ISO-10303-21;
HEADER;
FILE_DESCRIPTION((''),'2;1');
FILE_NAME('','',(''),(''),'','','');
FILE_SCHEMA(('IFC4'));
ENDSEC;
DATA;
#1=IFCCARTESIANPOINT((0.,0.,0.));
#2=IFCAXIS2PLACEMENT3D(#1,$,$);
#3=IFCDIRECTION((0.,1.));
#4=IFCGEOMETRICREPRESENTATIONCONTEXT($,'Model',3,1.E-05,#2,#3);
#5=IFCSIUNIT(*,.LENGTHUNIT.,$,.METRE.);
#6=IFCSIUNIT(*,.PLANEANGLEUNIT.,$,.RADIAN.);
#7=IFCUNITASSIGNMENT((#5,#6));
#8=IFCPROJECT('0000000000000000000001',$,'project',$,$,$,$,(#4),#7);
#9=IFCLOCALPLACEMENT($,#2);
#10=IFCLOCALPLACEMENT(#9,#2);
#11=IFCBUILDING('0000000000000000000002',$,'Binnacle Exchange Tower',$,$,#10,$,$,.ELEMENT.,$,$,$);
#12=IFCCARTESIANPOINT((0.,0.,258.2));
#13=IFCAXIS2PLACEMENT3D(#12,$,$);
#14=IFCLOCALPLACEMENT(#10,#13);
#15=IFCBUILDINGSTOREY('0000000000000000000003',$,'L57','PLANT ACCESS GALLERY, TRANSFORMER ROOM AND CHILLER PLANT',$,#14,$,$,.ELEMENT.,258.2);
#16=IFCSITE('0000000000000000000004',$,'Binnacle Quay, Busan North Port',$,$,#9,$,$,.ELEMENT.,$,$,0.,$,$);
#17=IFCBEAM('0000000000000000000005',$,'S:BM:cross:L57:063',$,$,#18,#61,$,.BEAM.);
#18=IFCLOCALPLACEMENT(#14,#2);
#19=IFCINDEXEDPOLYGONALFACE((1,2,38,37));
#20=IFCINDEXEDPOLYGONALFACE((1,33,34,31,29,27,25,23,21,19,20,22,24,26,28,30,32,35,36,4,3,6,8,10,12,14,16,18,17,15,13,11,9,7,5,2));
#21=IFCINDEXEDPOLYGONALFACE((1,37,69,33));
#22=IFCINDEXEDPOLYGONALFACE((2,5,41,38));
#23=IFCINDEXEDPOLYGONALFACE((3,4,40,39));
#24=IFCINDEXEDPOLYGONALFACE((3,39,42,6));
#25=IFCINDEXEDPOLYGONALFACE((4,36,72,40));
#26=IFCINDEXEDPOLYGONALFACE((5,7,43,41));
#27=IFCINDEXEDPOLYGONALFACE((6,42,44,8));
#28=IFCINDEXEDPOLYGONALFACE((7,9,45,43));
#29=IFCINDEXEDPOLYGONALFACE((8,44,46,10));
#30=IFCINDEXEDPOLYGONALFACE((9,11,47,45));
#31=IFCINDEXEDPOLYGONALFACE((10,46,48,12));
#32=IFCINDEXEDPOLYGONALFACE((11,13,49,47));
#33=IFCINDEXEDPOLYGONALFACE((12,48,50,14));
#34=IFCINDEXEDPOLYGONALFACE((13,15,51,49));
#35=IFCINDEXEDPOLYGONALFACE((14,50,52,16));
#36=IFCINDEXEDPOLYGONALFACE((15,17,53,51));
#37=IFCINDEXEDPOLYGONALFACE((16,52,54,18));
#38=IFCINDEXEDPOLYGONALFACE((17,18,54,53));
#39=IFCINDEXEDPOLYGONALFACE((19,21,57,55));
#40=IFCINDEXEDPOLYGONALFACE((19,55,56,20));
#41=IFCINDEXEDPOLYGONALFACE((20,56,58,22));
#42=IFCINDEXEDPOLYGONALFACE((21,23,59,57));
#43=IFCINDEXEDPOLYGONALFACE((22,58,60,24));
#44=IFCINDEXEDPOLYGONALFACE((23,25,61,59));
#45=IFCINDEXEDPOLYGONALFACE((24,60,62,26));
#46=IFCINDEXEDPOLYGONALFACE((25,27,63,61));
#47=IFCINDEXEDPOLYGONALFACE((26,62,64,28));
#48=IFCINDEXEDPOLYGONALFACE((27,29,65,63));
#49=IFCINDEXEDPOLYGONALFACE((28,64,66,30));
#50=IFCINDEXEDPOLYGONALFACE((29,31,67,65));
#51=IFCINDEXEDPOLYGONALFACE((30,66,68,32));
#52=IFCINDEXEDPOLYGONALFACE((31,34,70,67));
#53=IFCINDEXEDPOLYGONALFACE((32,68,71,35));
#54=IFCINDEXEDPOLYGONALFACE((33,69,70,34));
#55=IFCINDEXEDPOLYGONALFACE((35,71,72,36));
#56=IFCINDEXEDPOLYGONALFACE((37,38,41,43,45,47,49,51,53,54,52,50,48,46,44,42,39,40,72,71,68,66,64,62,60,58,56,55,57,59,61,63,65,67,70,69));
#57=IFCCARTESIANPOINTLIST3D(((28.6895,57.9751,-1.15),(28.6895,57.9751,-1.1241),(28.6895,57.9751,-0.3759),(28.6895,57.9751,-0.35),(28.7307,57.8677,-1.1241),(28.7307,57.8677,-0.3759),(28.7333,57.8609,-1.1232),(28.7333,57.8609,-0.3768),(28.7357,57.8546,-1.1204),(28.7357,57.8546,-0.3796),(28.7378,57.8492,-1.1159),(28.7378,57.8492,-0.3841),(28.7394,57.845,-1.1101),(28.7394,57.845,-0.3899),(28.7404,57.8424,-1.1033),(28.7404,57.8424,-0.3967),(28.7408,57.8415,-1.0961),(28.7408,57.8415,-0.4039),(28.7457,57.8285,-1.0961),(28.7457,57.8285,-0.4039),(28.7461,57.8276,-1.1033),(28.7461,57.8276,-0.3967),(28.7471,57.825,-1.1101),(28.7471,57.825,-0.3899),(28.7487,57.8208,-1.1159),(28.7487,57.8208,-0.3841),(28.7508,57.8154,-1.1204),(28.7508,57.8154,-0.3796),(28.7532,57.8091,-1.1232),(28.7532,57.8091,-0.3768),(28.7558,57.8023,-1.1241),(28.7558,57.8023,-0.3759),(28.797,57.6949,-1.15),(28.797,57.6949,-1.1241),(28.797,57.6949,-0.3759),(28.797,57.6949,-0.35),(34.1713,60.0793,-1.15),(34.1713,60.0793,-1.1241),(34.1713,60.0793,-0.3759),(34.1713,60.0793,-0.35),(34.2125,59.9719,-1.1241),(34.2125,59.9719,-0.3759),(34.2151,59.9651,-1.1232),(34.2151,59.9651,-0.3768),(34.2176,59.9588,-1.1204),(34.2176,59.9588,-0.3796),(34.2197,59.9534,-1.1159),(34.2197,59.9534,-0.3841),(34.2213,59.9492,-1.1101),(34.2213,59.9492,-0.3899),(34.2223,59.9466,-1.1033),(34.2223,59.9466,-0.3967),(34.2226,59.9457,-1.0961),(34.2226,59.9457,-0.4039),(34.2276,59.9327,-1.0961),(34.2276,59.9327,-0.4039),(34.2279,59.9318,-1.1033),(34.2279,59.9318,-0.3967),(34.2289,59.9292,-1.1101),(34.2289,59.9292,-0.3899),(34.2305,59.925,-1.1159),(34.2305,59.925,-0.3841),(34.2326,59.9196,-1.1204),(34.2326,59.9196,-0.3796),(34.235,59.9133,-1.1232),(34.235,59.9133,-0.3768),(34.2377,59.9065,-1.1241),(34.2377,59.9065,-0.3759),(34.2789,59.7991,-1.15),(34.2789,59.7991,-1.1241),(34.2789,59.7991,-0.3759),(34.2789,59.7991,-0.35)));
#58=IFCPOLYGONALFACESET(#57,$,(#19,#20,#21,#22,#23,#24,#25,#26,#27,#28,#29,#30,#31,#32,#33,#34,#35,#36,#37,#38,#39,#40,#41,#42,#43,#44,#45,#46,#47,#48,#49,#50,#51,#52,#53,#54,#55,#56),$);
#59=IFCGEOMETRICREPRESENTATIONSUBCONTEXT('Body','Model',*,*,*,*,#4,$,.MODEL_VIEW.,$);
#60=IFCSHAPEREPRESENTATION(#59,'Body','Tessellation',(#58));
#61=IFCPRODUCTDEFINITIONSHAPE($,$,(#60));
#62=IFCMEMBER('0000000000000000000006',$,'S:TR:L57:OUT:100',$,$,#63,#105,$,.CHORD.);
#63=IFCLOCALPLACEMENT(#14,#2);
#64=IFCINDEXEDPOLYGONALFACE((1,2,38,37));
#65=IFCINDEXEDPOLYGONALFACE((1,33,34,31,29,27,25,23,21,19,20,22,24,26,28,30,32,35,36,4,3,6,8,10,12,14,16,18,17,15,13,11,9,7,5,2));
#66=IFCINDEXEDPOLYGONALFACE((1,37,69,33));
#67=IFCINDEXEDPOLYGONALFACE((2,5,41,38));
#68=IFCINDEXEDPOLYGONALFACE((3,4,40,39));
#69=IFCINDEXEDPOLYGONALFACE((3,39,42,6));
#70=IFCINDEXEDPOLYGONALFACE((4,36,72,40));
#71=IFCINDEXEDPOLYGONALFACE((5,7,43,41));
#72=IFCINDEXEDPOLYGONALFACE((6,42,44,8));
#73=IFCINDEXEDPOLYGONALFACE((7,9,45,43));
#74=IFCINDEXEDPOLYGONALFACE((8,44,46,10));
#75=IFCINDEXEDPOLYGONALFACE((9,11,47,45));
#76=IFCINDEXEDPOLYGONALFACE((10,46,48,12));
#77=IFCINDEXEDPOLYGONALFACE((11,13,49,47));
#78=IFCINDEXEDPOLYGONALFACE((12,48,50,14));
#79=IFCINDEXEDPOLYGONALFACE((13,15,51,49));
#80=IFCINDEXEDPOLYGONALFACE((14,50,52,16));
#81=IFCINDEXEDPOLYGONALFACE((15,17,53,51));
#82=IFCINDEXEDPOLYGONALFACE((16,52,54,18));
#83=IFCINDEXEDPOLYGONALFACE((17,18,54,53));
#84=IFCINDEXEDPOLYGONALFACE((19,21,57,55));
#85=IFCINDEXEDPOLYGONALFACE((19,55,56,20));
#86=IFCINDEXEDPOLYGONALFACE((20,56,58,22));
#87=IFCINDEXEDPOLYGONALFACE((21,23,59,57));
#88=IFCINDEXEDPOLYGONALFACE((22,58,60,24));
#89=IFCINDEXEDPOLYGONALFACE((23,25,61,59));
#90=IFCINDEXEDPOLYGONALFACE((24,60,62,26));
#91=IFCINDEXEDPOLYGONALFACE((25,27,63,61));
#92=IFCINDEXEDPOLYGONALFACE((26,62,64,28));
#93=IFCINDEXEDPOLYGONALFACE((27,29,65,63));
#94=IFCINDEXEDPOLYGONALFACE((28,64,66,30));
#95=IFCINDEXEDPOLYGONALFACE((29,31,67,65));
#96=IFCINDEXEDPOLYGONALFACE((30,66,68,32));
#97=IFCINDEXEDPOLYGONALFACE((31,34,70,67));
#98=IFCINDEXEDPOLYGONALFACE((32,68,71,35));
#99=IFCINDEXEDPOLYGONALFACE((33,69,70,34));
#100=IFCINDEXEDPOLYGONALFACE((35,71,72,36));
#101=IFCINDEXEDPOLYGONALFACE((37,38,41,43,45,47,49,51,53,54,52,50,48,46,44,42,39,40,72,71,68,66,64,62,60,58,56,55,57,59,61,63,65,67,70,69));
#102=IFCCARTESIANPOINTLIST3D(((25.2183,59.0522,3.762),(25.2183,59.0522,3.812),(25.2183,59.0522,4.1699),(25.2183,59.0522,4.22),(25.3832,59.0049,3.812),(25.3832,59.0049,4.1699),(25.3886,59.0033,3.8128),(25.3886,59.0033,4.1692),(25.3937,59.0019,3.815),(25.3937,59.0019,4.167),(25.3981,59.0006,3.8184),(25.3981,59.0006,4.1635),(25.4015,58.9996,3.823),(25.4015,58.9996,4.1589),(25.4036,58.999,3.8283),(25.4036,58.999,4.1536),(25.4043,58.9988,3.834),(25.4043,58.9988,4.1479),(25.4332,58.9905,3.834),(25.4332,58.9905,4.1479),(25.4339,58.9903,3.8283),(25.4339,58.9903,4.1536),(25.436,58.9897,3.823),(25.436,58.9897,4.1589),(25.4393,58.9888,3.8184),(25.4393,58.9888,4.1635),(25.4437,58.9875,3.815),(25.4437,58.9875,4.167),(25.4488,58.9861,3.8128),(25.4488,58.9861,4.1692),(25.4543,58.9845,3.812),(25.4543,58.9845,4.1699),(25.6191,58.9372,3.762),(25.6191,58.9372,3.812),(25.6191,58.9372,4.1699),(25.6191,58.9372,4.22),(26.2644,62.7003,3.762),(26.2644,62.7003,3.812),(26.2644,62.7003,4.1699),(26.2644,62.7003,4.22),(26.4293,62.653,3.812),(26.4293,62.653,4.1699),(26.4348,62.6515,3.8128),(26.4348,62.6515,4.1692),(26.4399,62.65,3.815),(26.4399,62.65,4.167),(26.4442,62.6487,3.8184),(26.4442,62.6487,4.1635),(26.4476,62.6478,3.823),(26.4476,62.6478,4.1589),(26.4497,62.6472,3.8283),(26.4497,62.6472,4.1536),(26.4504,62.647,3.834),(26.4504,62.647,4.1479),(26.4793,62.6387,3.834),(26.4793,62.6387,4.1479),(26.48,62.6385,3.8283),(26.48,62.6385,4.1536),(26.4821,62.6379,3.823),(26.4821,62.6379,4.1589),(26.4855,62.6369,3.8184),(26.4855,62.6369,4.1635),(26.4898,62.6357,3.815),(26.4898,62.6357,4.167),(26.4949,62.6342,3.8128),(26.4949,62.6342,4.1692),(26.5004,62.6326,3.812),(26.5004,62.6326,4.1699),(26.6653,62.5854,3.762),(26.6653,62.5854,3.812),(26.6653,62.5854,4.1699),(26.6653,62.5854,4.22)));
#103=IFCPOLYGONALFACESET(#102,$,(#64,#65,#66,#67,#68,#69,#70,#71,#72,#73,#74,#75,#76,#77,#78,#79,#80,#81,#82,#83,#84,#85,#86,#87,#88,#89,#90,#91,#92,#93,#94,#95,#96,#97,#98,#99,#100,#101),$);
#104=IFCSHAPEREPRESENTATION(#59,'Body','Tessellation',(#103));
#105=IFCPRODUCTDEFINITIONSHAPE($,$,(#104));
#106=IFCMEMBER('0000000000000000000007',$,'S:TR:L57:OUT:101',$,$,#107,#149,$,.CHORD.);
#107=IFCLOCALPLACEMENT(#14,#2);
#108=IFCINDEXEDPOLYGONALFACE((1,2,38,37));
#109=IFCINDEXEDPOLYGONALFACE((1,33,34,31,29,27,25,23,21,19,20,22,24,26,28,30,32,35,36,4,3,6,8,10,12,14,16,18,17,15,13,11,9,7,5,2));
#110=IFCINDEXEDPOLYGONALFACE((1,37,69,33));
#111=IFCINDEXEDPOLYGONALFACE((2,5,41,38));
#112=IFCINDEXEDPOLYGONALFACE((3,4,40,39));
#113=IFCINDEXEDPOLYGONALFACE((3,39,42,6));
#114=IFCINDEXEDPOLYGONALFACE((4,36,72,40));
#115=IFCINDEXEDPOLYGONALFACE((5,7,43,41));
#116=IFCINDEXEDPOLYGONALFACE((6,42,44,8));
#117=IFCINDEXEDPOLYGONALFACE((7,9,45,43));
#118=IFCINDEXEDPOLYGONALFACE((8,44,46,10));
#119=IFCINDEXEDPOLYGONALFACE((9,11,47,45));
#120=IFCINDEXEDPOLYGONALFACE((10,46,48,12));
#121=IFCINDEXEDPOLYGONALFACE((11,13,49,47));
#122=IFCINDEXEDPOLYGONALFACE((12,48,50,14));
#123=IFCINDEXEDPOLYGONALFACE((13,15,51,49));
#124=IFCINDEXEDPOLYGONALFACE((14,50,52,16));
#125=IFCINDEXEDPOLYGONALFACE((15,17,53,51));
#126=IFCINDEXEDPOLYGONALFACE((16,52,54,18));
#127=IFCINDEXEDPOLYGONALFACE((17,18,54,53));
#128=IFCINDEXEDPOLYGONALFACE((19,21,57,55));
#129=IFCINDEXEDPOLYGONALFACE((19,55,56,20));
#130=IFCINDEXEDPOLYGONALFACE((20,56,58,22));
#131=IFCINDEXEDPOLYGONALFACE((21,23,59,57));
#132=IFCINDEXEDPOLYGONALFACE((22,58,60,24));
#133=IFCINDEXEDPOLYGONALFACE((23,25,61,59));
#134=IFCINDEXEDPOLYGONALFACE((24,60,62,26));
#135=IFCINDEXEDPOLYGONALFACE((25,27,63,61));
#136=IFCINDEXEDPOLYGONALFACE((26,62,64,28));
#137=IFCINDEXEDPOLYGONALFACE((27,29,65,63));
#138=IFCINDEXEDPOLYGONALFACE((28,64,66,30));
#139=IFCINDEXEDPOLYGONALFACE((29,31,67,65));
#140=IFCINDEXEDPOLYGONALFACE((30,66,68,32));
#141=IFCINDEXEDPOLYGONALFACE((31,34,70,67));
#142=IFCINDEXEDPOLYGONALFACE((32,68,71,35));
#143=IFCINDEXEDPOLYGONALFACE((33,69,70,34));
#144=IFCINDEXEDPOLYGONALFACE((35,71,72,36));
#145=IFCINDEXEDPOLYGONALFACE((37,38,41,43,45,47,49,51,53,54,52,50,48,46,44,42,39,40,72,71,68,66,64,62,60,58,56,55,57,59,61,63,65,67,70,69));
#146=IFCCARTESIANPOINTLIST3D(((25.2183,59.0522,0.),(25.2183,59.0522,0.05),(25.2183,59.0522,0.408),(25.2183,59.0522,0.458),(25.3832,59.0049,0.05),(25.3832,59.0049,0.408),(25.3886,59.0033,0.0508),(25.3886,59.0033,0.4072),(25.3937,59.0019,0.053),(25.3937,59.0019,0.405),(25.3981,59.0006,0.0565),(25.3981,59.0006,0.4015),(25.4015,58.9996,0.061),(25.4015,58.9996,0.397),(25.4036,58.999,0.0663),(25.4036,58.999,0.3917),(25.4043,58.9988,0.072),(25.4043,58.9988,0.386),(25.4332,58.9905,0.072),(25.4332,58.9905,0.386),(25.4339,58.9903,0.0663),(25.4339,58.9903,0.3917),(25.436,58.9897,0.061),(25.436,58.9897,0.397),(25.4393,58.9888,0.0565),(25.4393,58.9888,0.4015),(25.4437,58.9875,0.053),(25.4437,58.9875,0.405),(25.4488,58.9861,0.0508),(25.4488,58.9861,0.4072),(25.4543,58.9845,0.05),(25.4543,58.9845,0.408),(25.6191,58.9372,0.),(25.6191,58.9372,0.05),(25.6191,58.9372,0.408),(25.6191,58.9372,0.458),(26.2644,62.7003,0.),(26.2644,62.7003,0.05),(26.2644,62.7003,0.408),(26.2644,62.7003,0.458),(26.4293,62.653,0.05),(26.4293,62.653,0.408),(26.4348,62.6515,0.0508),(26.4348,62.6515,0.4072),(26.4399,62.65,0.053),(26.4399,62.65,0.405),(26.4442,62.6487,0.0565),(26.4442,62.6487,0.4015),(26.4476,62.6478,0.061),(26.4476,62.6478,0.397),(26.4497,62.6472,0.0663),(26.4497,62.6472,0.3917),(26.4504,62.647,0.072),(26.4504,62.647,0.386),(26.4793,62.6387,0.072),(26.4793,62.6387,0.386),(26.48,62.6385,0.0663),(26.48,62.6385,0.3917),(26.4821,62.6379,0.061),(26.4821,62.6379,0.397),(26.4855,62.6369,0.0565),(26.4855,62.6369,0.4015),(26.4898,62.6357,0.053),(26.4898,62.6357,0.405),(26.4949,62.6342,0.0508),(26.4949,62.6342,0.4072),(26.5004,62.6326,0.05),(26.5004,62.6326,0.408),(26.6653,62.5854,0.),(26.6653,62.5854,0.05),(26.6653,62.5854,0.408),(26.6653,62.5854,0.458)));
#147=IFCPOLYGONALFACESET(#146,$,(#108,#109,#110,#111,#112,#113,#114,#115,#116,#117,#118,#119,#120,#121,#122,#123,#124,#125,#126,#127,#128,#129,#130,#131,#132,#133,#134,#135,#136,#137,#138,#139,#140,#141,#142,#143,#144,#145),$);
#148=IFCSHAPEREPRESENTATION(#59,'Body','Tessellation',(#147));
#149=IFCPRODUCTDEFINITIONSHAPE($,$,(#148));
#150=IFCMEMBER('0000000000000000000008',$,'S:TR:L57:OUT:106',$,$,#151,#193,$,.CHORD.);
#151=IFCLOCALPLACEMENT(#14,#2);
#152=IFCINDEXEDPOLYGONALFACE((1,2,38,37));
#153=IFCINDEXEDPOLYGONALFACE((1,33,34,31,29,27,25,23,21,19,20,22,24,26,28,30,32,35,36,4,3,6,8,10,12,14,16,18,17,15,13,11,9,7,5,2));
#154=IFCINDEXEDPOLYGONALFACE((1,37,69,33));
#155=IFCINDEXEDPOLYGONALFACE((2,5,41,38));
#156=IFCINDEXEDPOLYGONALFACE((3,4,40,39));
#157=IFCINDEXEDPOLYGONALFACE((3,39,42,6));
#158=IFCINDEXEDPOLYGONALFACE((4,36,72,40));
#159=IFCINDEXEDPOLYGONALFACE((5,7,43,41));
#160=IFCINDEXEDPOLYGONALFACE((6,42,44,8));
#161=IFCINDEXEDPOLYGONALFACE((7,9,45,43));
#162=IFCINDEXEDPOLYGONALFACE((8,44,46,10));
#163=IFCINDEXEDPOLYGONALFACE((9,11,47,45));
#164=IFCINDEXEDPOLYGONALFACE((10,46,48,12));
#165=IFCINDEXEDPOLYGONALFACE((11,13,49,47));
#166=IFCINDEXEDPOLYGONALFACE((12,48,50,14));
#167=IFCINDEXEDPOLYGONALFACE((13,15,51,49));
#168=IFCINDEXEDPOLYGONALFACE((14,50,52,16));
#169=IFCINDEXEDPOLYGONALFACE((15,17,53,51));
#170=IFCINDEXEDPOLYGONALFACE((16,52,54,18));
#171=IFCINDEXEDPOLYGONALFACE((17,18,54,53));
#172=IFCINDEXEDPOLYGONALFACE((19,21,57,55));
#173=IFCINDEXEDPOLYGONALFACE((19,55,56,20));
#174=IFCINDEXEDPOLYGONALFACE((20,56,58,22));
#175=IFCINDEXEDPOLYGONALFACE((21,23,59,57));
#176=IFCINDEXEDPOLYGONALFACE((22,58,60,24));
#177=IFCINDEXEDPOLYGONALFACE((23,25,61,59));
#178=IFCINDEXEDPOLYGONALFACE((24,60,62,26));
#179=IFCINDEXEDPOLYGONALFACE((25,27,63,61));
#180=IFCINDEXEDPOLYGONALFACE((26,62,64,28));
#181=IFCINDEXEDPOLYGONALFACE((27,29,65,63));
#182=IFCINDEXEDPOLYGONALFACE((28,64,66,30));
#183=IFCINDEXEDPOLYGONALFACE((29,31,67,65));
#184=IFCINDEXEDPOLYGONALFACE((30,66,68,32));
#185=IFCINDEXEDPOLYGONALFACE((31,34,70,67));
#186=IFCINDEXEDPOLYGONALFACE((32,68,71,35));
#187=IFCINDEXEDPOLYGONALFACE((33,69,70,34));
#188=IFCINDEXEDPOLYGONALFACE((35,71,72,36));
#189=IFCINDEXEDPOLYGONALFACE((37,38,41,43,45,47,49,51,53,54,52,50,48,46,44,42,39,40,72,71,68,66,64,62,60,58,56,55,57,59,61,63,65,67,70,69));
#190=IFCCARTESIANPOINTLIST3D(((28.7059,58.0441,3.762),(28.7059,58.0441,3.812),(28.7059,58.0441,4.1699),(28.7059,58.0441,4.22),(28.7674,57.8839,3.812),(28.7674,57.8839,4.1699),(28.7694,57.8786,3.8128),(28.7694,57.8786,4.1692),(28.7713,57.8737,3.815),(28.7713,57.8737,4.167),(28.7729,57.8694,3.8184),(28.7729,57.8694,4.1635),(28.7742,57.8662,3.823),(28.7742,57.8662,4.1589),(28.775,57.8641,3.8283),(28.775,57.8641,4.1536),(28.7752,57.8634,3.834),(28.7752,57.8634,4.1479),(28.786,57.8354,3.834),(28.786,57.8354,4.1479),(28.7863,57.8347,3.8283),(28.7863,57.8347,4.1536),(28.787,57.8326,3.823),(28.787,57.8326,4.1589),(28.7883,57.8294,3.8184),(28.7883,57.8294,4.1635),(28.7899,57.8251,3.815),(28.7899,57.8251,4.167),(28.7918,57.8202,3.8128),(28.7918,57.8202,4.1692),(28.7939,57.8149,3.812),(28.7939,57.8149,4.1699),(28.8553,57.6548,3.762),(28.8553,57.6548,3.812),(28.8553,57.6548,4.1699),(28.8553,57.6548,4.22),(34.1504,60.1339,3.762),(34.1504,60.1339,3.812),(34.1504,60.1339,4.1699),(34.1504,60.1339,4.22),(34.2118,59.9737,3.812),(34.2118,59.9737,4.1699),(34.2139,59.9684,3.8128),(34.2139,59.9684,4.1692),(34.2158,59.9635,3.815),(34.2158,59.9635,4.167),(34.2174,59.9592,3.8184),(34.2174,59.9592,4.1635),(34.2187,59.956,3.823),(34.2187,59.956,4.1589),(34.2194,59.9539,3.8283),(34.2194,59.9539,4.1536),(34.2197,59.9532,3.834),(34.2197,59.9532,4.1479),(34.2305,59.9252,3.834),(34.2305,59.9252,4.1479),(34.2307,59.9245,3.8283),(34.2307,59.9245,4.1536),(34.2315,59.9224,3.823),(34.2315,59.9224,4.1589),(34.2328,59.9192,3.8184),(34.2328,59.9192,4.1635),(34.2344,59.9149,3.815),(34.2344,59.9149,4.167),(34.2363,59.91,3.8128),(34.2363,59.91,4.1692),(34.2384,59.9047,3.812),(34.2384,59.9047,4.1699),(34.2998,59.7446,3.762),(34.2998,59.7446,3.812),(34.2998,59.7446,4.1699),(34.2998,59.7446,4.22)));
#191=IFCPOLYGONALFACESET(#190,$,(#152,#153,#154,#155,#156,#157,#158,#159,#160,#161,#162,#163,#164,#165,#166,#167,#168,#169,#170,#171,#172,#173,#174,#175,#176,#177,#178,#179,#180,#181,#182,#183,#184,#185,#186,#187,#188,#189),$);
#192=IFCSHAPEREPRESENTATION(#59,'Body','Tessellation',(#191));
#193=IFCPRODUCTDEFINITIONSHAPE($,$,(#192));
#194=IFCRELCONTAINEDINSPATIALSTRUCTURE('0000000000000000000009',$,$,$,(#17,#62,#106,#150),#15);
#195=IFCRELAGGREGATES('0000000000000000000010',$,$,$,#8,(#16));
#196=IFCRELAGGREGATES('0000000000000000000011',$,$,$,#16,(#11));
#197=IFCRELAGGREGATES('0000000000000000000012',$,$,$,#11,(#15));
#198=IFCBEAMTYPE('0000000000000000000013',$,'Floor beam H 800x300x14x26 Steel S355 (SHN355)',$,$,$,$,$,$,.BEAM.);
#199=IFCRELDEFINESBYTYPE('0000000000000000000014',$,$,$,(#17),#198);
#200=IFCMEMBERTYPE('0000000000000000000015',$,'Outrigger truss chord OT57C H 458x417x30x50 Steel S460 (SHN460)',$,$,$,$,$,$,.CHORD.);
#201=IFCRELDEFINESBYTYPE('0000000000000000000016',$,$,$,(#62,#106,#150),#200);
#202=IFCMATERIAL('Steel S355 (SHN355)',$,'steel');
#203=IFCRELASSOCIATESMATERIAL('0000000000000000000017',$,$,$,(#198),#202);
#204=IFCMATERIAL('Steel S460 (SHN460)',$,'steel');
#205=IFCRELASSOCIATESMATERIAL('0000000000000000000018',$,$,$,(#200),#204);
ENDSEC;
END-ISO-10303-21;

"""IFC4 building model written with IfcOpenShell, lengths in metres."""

from ifc_helpers import new_model, si_unit, direction, frame, origin, origin_2d, place, context, subcontext, project, spatial, i_section, extrude, material, material_profile, profile_set, type_object, element, save


model = new_model("IFC4")

# Units and contexts
model_context = context("Model", 3, precision=1e-05, world=origin(), true_north=direction((0.0, 1.0)))
body_context = subcontext(model_context, "Body", "Model", "MODEL_VIEW")
ifc_project = project(units=[si_unit("LENGTHUNIT", "METRE"), si_unit("PLANEANGLEUNIT", "RADIAN")], contexts=[model_context])

# Site, building, storey
site_placement = place(None, origin())
site = spatial("IfcSite", under=ifc_project, at=site_placement, Name="Binnacle Quay, Busan North Port", CompositionType="ELEMENT", RefElevation=0.0)
building_placement = place(site_placement, origin())
building = spatial("IfcBuilding", under=site, at=building_placement, Name="Binnacle Exchange Tower", CompositionType="ELEMENT")
storey_placement = place(building_placement, frame((0.0, 0.0, 258.2)))
storey = spatial("IfcBuildingStorey", under=building, at=storey_placement, Name="L57", Description="PLANT ACCESS GALLERY, TRANSFORMER ROOM AND CHILLER PLANT", CompositionType="ELEMENT", Elevation=258.2)

# Shared definitions
ifc_material_1 = material(Name="Steel S355 (SHN355)", Category="steel")

# Beam
ifc_material_profile_1 = material_profile(ifc_material_1, i_section(OverallWidth=0.3, OverallDepth=0.8, WebThickness=0.0139, FlangeThickness=0.0259, FilletRadius=0.0281, at=origin_2d()), Name="H 800x300x14x26")
ifc_profile_set_1 = profile_set([ifc_material_profile_1], Name="Steel S355 (SHN355)")
beam_type_1 = type_object("IfcBeamType", Name="Floor beam H 800x300x14x26 Steel S355 (SHN355)", PredefinedType="BEAM", material=ifc_profile_set_1)
beam_1_placement = place(storey_placement, frame((34.2251, 59.9392, -0.75), z_axis=(-0.933584, -0.358358, 0.0), x_axis=(0.358358, -0.933584, 0.0)))
element("IfcBeam", 1, at=beam_1_placement, inside=storey, type_object=beam_type_1, Name="S:BM:cross:L57:063", PredefinedType="BEAM", context=body_context, shape_type="SweptSolid", body=[
    extrude(i_section(OverallWidth=0.3, OverallDepth=0.8, WebThickness=0.0139, FlangeThickness=0.0259, FilletRadius=0.0281, at=origin_2d()), origin(), (0.0, 0.0, 1.0), 5.8718),
])

# Members
ifc_material_2 = material(Name="Steel S460 (SHN460)", Category="steel")
ifc_material_profile_2 = material_profile(ifc_material_2, i_section(OverallWidth=0.417, OverallDepth=0.458, WebThickness=0.03, FlangeThickness=0.05, FilletRadius=0.022, at=origin_2d()), Name="H 458x417x30x50")
ifc_profile_set_2 = profile_set([ifc_material_profile_2], Name="Steel S460 (SHN460)")
member_type_1 = type_object("IfcMemberType", Name="Outrigger truss chord OT57C H 458x417x30x50 Steel S460 (SHN460)", PredefinedType="CHORD", material=ifc_profile_set_2)
for number, where, z_axis, x_axis, name in (
    (2, (26.4648, 62.6428, 3.991), (-0.275647, -0.961259, 0.0), (0.961259, -0.275647, 0.0), "S:TR:L57:OUT:100"),
    (3, (26.4648, 62.6428, 0.229), (-0.275647, -0.961259, 0.0), (0.961259, -0.275647, 0.0), "S:TR:L57:OUT:101"),
):
    element("IfcMember", number, at=place(storey_placement, frame(where, z_axis=z_axis, x_axis=x_axis)), inside=storey, type_object=member_type_1, Name=name, PredefinedType="CHORD", context=body_context, shape_type="SweptSolid", body=[
        extrude(i_section(OverallWidth=0.417, OverallDepth=0.458, WebThickness=0.03, FlangeThickness=0.05, FilletRadius=0.022, at=origin_2d()), origin(), (0.0, 0.0, 1.0), 3.7952),
    ])
for number, where, z_axis, x_axis, name in (
    (4, (34.2251, 59.9392, 3.991), (-0.933588, -0.358348, 0.0), (0.358348, -0.933588, 0.0), "S:TR:L57:OUT:106"),
):
    element("IfcMember", number, at=place(storey_placement, frame(where, z_axis=z_axis, x_axis=x_axis)), inside=storey, type_object=member_type_1, Name=name, PredefinedType="CHORD", context=body_context, shape_type="SweptSolid", body=[
        extrude(i_section(OverallWidth=0.417, OverallDepth=0.458, WebThickness=0.03, FlangeThickness=0.05, FilletRadius=0.022, at=origin_2d()), origin(), (0.0, 0.0, 1.0), 5.8318),
    ])

save(model, "model.ifc")
